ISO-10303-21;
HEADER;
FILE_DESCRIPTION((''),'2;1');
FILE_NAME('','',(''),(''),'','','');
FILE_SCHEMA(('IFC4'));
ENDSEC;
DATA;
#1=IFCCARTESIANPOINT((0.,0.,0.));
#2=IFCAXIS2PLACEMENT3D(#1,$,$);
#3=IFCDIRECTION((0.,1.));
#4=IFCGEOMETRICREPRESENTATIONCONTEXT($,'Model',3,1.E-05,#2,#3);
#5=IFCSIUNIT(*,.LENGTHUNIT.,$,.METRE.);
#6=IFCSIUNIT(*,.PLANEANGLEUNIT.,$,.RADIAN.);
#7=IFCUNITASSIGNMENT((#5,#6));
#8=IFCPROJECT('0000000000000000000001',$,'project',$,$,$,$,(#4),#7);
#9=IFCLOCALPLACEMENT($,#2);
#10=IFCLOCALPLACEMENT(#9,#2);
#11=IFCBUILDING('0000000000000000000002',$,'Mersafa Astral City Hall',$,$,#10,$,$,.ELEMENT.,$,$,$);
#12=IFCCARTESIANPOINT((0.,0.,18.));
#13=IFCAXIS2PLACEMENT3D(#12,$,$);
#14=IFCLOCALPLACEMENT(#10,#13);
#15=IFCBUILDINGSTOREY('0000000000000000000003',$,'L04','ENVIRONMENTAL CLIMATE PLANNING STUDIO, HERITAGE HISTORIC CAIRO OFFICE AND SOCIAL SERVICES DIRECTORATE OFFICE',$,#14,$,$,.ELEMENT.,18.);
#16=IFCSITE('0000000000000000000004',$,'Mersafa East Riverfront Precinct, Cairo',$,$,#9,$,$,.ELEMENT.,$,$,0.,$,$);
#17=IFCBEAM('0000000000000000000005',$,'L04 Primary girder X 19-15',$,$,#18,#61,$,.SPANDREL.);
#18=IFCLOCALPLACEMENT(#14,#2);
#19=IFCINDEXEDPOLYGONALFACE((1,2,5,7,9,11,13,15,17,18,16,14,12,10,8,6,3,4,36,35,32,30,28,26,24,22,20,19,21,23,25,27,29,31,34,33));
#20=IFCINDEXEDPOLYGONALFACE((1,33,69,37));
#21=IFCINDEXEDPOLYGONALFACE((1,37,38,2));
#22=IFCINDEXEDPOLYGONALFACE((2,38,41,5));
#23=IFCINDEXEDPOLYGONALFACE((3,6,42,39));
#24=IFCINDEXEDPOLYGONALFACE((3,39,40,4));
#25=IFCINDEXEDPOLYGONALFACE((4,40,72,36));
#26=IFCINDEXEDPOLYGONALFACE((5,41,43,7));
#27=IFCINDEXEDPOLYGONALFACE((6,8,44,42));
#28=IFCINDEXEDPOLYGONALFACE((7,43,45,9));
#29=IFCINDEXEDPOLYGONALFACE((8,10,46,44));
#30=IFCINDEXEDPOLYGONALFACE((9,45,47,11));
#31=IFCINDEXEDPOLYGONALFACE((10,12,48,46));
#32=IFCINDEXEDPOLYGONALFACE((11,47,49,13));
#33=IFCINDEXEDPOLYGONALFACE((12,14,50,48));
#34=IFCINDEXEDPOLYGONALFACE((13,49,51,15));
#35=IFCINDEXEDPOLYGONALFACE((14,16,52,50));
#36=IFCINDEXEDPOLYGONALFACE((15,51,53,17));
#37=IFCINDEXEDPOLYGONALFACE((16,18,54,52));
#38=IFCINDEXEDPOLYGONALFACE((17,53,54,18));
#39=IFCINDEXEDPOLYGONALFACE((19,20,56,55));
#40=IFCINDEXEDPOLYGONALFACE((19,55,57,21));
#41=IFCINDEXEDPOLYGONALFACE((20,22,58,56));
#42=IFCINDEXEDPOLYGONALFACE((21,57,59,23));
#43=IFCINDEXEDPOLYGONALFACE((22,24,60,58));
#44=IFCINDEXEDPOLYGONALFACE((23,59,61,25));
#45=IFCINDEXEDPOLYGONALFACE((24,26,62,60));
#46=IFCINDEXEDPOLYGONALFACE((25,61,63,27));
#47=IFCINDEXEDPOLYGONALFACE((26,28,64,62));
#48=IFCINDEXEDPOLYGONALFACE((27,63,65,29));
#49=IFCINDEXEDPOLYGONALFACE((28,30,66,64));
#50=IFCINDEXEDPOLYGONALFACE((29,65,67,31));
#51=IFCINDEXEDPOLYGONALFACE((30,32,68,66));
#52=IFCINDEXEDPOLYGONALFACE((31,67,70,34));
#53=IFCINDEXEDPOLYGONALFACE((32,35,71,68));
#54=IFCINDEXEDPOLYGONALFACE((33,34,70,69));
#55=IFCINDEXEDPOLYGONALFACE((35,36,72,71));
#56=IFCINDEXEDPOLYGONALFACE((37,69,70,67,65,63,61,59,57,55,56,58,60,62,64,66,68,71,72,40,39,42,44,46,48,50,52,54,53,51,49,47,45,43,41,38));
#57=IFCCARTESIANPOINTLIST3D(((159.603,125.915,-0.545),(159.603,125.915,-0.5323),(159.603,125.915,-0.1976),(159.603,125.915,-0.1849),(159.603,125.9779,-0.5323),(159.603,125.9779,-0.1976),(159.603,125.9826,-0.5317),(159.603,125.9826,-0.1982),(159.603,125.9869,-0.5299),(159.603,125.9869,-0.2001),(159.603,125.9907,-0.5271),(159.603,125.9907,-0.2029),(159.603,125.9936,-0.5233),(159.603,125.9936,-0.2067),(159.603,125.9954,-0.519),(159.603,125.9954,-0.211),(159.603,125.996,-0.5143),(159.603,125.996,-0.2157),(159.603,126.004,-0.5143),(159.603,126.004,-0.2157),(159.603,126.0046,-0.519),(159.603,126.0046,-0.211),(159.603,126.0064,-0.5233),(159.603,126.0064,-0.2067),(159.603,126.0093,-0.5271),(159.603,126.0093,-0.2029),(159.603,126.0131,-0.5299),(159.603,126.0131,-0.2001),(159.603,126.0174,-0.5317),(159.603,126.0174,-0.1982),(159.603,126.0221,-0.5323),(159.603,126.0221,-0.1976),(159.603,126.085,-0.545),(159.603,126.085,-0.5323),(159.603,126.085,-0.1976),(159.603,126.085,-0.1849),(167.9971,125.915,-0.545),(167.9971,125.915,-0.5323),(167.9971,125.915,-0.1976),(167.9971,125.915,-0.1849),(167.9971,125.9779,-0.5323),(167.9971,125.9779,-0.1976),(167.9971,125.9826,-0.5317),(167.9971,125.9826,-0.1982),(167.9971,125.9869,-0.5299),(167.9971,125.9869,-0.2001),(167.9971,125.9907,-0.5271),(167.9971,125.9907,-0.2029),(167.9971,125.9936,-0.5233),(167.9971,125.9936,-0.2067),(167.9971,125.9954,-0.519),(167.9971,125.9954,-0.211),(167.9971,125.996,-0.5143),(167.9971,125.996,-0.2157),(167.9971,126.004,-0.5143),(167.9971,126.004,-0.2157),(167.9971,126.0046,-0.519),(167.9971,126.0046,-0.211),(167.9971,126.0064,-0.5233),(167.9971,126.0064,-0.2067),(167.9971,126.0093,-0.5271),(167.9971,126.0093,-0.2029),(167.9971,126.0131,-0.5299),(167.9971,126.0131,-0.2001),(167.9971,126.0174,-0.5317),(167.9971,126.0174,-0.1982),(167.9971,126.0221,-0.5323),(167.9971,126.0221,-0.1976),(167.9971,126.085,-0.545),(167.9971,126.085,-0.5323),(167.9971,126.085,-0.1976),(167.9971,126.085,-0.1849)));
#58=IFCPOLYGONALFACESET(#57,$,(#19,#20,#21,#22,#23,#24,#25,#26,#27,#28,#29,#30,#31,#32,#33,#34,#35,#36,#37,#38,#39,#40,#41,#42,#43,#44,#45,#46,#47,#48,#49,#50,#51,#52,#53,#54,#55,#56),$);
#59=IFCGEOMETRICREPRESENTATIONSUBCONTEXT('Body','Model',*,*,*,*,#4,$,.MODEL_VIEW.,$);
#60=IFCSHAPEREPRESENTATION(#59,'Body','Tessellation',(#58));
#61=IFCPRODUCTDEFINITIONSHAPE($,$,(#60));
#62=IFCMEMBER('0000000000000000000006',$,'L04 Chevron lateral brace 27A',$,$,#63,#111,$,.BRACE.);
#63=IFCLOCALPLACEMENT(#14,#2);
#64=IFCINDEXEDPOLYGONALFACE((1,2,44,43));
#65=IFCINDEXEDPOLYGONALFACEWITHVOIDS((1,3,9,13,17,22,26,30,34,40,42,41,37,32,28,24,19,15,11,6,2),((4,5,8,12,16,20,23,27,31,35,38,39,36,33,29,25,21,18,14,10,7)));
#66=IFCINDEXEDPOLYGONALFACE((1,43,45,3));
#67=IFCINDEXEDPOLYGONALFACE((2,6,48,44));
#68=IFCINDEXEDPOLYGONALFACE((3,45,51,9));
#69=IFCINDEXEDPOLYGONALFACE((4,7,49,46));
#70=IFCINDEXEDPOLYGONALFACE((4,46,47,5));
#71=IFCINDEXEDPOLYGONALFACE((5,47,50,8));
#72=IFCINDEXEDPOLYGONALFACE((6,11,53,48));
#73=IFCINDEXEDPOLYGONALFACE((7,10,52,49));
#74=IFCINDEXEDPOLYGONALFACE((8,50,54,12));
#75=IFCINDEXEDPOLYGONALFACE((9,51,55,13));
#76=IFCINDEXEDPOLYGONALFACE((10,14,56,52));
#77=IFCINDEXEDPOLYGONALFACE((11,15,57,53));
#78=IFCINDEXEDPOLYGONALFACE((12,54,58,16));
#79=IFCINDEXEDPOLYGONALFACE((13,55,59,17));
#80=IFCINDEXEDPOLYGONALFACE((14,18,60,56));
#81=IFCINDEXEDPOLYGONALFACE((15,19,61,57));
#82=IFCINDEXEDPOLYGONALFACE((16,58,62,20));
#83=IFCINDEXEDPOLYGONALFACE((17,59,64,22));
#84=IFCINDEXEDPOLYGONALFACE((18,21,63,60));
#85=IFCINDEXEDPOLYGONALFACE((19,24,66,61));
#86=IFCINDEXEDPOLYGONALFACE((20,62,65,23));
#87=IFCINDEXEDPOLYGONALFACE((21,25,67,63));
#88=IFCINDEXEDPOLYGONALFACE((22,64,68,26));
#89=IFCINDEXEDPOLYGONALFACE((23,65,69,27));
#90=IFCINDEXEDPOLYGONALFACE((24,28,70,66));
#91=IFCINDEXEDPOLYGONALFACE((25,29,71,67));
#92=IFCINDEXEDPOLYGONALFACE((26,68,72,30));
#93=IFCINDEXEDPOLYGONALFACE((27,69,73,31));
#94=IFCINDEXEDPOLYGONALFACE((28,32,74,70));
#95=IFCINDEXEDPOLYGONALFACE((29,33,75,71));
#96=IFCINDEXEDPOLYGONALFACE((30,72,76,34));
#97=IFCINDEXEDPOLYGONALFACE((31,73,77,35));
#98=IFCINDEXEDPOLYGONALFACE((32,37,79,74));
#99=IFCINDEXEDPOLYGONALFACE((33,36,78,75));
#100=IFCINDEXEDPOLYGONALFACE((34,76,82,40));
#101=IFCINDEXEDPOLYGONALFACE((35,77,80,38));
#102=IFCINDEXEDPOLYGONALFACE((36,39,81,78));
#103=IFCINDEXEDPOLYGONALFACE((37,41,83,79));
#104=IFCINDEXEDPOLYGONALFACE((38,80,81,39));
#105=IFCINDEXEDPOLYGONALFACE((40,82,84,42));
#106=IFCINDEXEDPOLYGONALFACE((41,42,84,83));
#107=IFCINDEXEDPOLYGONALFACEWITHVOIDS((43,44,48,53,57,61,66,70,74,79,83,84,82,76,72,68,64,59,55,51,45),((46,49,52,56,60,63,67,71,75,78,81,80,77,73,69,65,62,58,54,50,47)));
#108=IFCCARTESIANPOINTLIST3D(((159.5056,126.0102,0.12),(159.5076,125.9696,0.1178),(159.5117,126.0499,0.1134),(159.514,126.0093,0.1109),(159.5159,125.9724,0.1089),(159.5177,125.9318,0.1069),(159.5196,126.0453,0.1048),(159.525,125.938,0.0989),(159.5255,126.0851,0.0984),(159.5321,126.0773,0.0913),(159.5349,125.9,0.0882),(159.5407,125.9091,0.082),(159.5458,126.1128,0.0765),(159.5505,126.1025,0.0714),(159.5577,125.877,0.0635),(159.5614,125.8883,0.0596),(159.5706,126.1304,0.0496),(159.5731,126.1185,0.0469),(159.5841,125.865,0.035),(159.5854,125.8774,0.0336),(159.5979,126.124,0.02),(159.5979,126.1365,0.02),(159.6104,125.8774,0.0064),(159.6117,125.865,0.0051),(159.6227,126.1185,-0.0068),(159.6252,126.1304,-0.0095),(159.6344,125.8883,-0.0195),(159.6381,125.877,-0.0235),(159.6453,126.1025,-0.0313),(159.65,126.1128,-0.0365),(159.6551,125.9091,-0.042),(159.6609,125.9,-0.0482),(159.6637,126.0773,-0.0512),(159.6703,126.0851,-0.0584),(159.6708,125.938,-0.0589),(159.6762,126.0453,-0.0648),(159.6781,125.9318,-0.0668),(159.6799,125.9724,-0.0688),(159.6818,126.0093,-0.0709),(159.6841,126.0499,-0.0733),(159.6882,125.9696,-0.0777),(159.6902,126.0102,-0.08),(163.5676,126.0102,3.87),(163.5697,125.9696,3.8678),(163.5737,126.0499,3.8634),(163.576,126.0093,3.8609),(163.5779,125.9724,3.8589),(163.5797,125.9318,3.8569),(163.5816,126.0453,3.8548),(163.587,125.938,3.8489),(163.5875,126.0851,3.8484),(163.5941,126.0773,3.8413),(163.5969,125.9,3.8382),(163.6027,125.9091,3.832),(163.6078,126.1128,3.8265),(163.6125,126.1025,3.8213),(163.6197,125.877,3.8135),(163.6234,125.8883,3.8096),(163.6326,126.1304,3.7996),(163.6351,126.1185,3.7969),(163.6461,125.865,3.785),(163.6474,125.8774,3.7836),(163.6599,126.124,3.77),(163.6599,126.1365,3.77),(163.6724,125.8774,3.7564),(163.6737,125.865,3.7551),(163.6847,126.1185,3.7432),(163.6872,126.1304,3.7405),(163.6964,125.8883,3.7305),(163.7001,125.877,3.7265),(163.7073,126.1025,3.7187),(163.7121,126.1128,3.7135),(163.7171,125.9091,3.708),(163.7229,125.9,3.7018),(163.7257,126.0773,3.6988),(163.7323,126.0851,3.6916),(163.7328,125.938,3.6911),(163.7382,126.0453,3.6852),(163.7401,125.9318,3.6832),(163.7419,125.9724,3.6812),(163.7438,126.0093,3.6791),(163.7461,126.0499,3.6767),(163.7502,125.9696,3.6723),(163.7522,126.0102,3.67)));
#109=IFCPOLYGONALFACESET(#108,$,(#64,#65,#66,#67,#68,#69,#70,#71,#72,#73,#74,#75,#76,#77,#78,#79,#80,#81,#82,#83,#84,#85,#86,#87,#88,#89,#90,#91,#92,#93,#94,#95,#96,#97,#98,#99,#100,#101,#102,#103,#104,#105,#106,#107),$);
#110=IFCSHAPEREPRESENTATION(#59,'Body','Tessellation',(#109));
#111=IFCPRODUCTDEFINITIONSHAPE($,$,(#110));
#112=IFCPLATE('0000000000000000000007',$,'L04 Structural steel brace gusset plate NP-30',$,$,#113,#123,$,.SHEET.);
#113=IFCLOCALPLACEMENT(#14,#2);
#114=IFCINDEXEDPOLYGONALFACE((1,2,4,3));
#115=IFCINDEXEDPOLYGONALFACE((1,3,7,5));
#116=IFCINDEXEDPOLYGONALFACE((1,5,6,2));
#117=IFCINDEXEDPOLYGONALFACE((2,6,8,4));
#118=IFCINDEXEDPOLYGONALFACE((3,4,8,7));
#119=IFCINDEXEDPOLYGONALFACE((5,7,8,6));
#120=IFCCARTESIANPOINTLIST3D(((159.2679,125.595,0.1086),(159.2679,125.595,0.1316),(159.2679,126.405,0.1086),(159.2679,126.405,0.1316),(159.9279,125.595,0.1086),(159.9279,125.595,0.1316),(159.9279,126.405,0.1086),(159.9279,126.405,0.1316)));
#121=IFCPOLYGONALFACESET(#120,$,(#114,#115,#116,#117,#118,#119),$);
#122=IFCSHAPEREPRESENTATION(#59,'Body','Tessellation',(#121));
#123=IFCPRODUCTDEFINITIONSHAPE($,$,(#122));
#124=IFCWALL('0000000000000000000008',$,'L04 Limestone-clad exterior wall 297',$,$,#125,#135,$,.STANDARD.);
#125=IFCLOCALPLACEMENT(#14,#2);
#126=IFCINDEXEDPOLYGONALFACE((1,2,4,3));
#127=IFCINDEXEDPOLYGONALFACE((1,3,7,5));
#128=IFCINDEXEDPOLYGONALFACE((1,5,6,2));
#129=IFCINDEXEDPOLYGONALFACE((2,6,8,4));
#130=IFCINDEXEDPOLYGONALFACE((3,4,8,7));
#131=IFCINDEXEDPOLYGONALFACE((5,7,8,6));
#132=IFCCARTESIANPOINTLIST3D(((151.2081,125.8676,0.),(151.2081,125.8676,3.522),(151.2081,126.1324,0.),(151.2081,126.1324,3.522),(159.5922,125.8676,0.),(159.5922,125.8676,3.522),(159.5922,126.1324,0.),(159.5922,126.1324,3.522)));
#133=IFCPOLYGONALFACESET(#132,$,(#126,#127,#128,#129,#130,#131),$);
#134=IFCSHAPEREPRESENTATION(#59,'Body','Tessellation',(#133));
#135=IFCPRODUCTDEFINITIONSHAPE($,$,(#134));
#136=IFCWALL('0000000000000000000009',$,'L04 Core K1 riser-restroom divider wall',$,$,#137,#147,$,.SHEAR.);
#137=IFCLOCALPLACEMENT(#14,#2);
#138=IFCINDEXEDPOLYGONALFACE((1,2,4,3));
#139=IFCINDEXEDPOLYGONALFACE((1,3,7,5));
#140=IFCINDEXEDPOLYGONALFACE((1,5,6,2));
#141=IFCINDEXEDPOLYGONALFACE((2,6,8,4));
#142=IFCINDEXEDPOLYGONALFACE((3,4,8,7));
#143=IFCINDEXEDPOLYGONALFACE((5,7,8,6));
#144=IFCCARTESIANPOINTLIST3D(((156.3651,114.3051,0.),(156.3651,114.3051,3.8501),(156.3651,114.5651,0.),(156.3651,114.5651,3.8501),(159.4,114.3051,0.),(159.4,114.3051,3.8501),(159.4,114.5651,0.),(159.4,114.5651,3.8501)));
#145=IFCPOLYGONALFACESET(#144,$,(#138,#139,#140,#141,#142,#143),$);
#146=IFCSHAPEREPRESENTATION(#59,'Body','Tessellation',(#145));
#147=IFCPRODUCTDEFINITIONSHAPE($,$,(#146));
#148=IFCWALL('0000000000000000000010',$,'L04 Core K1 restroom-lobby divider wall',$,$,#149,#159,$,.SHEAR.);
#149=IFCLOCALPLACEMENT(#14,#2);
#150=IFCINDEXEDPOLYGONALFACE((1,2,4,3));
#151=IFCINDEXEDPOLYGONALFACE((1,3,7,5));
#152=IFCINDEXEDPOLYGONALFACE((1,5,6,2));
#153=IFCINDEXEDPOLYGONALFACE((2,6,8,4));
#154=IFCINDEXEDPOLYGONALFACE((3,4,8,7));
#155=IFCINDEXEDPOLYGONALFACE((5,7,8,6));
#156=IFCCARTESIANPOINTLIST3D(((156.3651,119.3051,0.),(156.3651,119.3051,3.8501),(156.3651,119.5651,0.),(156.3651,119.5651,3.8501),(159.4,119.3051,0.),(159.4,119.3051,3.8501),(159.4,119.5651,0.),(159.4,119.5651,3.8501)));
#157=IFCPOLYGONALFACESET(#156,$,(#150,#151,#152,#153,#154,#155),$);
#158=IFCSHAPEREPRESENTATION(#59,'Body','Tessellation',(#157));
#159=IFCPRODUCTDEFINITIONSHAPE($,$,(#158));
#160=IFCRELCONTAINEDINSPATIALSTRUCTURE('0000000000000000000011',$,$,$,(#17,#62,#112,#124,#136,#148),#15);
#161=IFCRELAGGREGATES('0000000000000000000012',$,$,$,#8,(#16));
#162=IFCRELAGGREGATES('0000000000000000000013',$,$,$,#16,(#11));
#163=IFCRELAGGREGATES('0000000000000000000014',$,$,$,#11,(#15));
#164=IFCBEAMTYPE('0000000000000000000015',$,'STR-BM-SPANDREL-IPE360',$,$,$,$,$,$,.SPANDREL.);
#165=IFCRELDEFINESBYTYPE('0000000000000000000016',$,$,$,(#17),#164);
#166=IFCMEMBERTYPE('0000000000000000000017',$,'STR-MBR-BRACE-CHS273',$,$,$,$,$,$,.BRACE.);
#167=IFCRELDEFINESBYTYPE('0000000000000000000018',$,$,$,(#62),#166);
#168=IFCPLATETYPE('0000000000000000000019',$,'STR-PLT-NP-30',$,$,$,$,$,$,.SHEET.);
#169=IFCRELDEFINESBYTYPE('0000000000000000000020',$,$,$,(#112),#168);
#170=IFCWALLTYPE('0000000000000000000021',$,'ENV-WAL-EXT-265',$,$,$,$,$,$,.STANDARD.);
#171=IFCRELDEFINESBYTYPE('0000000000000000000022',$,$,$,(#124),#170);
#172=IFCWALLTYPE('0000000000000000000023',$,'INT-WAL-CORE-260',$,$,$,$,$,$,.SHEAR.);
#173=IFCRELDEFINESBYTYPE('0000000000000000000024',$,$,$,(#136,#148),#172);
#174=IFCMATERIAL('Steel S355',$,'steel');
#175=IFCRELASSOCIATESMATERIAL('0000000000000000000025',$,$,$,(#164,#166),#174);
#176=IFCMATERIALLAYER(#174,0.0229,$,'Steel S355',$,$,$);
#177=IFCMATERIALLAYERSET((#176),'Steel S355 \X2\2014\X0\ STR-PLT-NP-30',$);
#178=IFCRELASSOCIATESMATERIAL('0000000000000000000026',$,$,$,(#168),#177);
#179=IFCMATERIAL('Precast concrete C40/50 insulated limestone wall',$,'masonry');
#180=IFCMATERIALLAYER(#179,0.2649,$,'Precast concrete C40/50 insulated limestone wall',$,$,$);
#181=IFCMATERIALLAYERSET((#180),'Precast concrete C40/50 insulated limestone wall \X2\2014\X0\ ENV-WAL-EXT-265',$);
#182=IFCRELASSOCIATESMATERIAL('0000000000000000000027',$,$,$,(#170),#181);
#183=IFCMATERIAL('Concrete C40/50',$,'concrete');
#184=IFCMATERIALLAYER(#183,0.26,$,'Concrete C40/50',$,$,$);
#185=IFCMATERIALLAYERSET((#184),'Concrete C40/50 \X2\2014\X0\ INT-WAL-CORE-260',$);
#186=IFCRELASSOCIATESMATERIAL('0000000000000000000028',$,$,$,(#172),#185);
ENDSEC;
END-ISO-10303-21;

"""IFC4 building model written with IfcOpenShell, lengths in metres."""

from ifc_helpers import new_model, si_unit, direction, frame, frame_2d, origin, origin_2d, place, context, subcontext, project, spatial, rectangle, hollow_circle, i_section, extrude, material, layer, layer_set, material_profile, profile_set, type_object, element, save


model = new_model("IFC4")

# Units and contexts
model_context = context("Model", 3, precision=1e-05, world=origin(), true_north=direction((0.0, 1.0)))
body_context = subcontext(model_context, "Body", "Model", "MODEL_VIEW")
ifc_project = project(units=[si_unit("LENGTHUNIT", "METRE"), si_unit("PLANEANGLEUNIT", "RADIAN")], contexts=[model_context])

# Site, building, storey
site_placement = place(None, origin())
site = spatial("IfcSite", under=ifc_project, at=site_placement, Name="Mersafa East Riverfront Precinct, Cairo", CompositionType="ELEMENT", RefElevation=0.0)
building_placement = place(site_placement, origin())
building = spatial("IfcBuilding", under=site, at=building_placement, Name="Mersafa Astral City Hall", CompositionType="ELEMENT")
storey_placement = place(building_placement, frame((0.0, 0.0, 18.0)))
storey = spatial("IfcBuildingStorey", under=building, at=storey_placement, Name="L04", Description="ENVIRONMENTAL CLIMATE PLANNING STUDIO, HERITAGE HISTORIC CAIRO OFFICE AND SOCIAL SERVICES DIRECTORATE OFFICE", CompositionType="ELEMENT", Elevation=18.0)

# Shared definitions
ifc_material_1 = material(Name="Steel S355", Category="steel")

# Beam
ifc_material_profile_1 = material_profile(ifc_material_1, i_section(OverallWidth=0.1699, OverallDepth=0.3601, WebThickness=0.0081, FlangeThickness=0.0127, FilletRadius=0.0181, at=origin_2d()), Name="IPE 360")
ifc_profile_set_1 = profile_set([ifc_material_profile_1], Name="Steel S355")
beam_type_1 = type_object("IfcBeamType", Name="STR-BM-SPANDREL-IPE360", PredefinedType="SPANDREL", material=ifc_profile_set_1)
beam_1_placement = place(storey_placement, frame((159.603, 126.0, -0.365), z_axis=(1.0, 0.0, 0.0), x_axis=(0.0, 1.0, 0.0)))
element("IfcBeam", 1, at=beam_1_placement, inside=storey, type_object=beam_type_1, Name="L04 Primary girder X 19-15", PredefinedType="SPANDREL", context=body_context, shape_type="SweptSolid", body=[
    extrude(i_section(OverallWidth=0.1699, OverallDepth=0.3601, WebThickness=0.0081, FlangeThickness=0.0127, FilletRadius=0.0181, at=origin_2d()), origin(), (0.0, 0.0, 1.0), 8.394),
])

# Member
ifc_material_profile_2 = material_profile(ifc_material_1, hollow_circle(Radius=0.1365, WallThickness=0.0125, at=origin_2d()), Name="CHS 273x12.5")
ifc_profile_set_2 = profile_set([ifc_material_profile_2], Name="Steel S355")
member_type = type_object("IfcMemberType", Name="STR-MBR-BRACE-CHS273", PredefinedType="BRACE", material=ifc_profile_set_2)
member_placement = place(storey_placement, frame((159.5979, 126.0, 0.02), z_axis=(0.734763, 0.0, 0.678324), x_axis=(0.0, 1.0, 0.0)))
element("IfcMember", 2, at=member_placement, inside=storey, type_object=member_type, Name="L04 Chevron lateral brace 27A", PredefinedType="BRACE", context=body_context, shape_type="SweptSolid", body=[
    extrude(hollow_circle(Radius=0.1365, WallThickness=0.0125, at=origin_2d()), origin(), (0.0, 0.0, 1.0), 5.5283),
])

# Plate
ifc_layer_1 = layer(ifc_material_1, 0.0229, Name="Steel S355")
ifc_layer_set_1 = layer_set([ifc_layer_1], Name="Steel S355 — STR-PLT-NP-30")
plate_type = type_object("IfcPlateType", Name="STR-PLT-NP-30", PredefinedType="SHEET", material=ifc_layer_set_1)
plate_placement = place(storey_placement, frame((159.5979, 126.0, 0.1086), z_axis=(0.0, 0.0, 1.0), x_axis=(1.0, 0.0, 0.0)))
element("IfcPlate", 3, at=plate_placement, inside=storey, type_object=plate_type, Name="L04 Structural steel brace gusset plate NP-30", PredefinedType="SHEET", context=body_context, shape_type="SweptSolid", body=[
    extrude(rectangle(XDim=0.6599, YDim=0.8101, at=origin_2d()), origin(), (0.0, 0.0, 1.0), 0.0229),
])

# Wall
ifc_material_2 = material(Name="Precast concrete C40/50 insulated limestone wall", Category="masonry")
ifc_layer_2 = layer(ifc_material_2, 0.2649, Name="Precast concrete C40/50 insulated limestone wall")
ifc_layer_set_2 = layer_set([ifc_layer_2], Name="Precast concrete C40/50 insulated limestone wall — ENV-WAL-EXT-265")
wall_type_1 = type_object("IfcWallType", Name="ENV-WAL-EXT-265", PredefinedType="STANDARD", material=ifc_layer_set_2)
wall_1_placement = place(storey_placement, frame((159.592, 126.0, 0.0), z_axis=(0.0, 0.0, 1.0), x_axis=(-1.0, 0.0, 0.0)))
element("IfcWall", 4, at=wall_1_placement, inside=storey, type_object=wall_type_1, Name="L04 Limestone-clad exterior wall 297", PredefinedType="STANDARD", context=body_context, shape_type="SweptSolid", body=[
    extrude(rectangle(XDim=8.384, YDim=0.2649, at=frame_2d((4.1919, 0.0))), origin(), (0.0, 0.0, 1.0), 3.522),
])

# Shared definitions
ifc_material_3 = material(Name="Concrete C40/50", Category="concrete")
ifc_layer_3 = layer(ifc_material_3, 0.26, Name="Concrete C40/50")
ifc_layer_set_3 = layer_set([ifc_layer_3], Name="Concrete C40/50 — INT-WAL-CORE-260")
wall_type_2 = type_object("IfcWallType", Name="INT-WAL-CORE-260", PredefinedType="SHEAR", material=ifc_layer_set_3)

# Walls
for number, where, z_axis, x_axis, name in (
    (5, (156.365, 114.4351, 0.0), (0.0, 0.0, 1.0), (1.0, 0.0, 0.0), "L04 Core K1 riser-restroom divider wall"),
    (6, (156.365, 119.4351, 0.0), (0.0, 0.0, 1.0), (1.0, 0.0, 0.0), "L04 Core K1 restroom-lobby divider wall"),
):
    element("IfcWall", number, at=place(storey_placement, frame(where, z_axis=z_axis, x_axis=x_axis)), inside=storey, type_object=wall_type_2, Name=name, PredefinedType="SHEAR", context=body_context, shape_type="SweptSolid", body=[
        extrude(rectangle(XDim=3.0349, YDim=0.26, at=frame_2d((1.5176, 0.0))), origin(), (0.0, 0.0, 1.0), 3.8501),
    ])

save(model, "model.ifc")
